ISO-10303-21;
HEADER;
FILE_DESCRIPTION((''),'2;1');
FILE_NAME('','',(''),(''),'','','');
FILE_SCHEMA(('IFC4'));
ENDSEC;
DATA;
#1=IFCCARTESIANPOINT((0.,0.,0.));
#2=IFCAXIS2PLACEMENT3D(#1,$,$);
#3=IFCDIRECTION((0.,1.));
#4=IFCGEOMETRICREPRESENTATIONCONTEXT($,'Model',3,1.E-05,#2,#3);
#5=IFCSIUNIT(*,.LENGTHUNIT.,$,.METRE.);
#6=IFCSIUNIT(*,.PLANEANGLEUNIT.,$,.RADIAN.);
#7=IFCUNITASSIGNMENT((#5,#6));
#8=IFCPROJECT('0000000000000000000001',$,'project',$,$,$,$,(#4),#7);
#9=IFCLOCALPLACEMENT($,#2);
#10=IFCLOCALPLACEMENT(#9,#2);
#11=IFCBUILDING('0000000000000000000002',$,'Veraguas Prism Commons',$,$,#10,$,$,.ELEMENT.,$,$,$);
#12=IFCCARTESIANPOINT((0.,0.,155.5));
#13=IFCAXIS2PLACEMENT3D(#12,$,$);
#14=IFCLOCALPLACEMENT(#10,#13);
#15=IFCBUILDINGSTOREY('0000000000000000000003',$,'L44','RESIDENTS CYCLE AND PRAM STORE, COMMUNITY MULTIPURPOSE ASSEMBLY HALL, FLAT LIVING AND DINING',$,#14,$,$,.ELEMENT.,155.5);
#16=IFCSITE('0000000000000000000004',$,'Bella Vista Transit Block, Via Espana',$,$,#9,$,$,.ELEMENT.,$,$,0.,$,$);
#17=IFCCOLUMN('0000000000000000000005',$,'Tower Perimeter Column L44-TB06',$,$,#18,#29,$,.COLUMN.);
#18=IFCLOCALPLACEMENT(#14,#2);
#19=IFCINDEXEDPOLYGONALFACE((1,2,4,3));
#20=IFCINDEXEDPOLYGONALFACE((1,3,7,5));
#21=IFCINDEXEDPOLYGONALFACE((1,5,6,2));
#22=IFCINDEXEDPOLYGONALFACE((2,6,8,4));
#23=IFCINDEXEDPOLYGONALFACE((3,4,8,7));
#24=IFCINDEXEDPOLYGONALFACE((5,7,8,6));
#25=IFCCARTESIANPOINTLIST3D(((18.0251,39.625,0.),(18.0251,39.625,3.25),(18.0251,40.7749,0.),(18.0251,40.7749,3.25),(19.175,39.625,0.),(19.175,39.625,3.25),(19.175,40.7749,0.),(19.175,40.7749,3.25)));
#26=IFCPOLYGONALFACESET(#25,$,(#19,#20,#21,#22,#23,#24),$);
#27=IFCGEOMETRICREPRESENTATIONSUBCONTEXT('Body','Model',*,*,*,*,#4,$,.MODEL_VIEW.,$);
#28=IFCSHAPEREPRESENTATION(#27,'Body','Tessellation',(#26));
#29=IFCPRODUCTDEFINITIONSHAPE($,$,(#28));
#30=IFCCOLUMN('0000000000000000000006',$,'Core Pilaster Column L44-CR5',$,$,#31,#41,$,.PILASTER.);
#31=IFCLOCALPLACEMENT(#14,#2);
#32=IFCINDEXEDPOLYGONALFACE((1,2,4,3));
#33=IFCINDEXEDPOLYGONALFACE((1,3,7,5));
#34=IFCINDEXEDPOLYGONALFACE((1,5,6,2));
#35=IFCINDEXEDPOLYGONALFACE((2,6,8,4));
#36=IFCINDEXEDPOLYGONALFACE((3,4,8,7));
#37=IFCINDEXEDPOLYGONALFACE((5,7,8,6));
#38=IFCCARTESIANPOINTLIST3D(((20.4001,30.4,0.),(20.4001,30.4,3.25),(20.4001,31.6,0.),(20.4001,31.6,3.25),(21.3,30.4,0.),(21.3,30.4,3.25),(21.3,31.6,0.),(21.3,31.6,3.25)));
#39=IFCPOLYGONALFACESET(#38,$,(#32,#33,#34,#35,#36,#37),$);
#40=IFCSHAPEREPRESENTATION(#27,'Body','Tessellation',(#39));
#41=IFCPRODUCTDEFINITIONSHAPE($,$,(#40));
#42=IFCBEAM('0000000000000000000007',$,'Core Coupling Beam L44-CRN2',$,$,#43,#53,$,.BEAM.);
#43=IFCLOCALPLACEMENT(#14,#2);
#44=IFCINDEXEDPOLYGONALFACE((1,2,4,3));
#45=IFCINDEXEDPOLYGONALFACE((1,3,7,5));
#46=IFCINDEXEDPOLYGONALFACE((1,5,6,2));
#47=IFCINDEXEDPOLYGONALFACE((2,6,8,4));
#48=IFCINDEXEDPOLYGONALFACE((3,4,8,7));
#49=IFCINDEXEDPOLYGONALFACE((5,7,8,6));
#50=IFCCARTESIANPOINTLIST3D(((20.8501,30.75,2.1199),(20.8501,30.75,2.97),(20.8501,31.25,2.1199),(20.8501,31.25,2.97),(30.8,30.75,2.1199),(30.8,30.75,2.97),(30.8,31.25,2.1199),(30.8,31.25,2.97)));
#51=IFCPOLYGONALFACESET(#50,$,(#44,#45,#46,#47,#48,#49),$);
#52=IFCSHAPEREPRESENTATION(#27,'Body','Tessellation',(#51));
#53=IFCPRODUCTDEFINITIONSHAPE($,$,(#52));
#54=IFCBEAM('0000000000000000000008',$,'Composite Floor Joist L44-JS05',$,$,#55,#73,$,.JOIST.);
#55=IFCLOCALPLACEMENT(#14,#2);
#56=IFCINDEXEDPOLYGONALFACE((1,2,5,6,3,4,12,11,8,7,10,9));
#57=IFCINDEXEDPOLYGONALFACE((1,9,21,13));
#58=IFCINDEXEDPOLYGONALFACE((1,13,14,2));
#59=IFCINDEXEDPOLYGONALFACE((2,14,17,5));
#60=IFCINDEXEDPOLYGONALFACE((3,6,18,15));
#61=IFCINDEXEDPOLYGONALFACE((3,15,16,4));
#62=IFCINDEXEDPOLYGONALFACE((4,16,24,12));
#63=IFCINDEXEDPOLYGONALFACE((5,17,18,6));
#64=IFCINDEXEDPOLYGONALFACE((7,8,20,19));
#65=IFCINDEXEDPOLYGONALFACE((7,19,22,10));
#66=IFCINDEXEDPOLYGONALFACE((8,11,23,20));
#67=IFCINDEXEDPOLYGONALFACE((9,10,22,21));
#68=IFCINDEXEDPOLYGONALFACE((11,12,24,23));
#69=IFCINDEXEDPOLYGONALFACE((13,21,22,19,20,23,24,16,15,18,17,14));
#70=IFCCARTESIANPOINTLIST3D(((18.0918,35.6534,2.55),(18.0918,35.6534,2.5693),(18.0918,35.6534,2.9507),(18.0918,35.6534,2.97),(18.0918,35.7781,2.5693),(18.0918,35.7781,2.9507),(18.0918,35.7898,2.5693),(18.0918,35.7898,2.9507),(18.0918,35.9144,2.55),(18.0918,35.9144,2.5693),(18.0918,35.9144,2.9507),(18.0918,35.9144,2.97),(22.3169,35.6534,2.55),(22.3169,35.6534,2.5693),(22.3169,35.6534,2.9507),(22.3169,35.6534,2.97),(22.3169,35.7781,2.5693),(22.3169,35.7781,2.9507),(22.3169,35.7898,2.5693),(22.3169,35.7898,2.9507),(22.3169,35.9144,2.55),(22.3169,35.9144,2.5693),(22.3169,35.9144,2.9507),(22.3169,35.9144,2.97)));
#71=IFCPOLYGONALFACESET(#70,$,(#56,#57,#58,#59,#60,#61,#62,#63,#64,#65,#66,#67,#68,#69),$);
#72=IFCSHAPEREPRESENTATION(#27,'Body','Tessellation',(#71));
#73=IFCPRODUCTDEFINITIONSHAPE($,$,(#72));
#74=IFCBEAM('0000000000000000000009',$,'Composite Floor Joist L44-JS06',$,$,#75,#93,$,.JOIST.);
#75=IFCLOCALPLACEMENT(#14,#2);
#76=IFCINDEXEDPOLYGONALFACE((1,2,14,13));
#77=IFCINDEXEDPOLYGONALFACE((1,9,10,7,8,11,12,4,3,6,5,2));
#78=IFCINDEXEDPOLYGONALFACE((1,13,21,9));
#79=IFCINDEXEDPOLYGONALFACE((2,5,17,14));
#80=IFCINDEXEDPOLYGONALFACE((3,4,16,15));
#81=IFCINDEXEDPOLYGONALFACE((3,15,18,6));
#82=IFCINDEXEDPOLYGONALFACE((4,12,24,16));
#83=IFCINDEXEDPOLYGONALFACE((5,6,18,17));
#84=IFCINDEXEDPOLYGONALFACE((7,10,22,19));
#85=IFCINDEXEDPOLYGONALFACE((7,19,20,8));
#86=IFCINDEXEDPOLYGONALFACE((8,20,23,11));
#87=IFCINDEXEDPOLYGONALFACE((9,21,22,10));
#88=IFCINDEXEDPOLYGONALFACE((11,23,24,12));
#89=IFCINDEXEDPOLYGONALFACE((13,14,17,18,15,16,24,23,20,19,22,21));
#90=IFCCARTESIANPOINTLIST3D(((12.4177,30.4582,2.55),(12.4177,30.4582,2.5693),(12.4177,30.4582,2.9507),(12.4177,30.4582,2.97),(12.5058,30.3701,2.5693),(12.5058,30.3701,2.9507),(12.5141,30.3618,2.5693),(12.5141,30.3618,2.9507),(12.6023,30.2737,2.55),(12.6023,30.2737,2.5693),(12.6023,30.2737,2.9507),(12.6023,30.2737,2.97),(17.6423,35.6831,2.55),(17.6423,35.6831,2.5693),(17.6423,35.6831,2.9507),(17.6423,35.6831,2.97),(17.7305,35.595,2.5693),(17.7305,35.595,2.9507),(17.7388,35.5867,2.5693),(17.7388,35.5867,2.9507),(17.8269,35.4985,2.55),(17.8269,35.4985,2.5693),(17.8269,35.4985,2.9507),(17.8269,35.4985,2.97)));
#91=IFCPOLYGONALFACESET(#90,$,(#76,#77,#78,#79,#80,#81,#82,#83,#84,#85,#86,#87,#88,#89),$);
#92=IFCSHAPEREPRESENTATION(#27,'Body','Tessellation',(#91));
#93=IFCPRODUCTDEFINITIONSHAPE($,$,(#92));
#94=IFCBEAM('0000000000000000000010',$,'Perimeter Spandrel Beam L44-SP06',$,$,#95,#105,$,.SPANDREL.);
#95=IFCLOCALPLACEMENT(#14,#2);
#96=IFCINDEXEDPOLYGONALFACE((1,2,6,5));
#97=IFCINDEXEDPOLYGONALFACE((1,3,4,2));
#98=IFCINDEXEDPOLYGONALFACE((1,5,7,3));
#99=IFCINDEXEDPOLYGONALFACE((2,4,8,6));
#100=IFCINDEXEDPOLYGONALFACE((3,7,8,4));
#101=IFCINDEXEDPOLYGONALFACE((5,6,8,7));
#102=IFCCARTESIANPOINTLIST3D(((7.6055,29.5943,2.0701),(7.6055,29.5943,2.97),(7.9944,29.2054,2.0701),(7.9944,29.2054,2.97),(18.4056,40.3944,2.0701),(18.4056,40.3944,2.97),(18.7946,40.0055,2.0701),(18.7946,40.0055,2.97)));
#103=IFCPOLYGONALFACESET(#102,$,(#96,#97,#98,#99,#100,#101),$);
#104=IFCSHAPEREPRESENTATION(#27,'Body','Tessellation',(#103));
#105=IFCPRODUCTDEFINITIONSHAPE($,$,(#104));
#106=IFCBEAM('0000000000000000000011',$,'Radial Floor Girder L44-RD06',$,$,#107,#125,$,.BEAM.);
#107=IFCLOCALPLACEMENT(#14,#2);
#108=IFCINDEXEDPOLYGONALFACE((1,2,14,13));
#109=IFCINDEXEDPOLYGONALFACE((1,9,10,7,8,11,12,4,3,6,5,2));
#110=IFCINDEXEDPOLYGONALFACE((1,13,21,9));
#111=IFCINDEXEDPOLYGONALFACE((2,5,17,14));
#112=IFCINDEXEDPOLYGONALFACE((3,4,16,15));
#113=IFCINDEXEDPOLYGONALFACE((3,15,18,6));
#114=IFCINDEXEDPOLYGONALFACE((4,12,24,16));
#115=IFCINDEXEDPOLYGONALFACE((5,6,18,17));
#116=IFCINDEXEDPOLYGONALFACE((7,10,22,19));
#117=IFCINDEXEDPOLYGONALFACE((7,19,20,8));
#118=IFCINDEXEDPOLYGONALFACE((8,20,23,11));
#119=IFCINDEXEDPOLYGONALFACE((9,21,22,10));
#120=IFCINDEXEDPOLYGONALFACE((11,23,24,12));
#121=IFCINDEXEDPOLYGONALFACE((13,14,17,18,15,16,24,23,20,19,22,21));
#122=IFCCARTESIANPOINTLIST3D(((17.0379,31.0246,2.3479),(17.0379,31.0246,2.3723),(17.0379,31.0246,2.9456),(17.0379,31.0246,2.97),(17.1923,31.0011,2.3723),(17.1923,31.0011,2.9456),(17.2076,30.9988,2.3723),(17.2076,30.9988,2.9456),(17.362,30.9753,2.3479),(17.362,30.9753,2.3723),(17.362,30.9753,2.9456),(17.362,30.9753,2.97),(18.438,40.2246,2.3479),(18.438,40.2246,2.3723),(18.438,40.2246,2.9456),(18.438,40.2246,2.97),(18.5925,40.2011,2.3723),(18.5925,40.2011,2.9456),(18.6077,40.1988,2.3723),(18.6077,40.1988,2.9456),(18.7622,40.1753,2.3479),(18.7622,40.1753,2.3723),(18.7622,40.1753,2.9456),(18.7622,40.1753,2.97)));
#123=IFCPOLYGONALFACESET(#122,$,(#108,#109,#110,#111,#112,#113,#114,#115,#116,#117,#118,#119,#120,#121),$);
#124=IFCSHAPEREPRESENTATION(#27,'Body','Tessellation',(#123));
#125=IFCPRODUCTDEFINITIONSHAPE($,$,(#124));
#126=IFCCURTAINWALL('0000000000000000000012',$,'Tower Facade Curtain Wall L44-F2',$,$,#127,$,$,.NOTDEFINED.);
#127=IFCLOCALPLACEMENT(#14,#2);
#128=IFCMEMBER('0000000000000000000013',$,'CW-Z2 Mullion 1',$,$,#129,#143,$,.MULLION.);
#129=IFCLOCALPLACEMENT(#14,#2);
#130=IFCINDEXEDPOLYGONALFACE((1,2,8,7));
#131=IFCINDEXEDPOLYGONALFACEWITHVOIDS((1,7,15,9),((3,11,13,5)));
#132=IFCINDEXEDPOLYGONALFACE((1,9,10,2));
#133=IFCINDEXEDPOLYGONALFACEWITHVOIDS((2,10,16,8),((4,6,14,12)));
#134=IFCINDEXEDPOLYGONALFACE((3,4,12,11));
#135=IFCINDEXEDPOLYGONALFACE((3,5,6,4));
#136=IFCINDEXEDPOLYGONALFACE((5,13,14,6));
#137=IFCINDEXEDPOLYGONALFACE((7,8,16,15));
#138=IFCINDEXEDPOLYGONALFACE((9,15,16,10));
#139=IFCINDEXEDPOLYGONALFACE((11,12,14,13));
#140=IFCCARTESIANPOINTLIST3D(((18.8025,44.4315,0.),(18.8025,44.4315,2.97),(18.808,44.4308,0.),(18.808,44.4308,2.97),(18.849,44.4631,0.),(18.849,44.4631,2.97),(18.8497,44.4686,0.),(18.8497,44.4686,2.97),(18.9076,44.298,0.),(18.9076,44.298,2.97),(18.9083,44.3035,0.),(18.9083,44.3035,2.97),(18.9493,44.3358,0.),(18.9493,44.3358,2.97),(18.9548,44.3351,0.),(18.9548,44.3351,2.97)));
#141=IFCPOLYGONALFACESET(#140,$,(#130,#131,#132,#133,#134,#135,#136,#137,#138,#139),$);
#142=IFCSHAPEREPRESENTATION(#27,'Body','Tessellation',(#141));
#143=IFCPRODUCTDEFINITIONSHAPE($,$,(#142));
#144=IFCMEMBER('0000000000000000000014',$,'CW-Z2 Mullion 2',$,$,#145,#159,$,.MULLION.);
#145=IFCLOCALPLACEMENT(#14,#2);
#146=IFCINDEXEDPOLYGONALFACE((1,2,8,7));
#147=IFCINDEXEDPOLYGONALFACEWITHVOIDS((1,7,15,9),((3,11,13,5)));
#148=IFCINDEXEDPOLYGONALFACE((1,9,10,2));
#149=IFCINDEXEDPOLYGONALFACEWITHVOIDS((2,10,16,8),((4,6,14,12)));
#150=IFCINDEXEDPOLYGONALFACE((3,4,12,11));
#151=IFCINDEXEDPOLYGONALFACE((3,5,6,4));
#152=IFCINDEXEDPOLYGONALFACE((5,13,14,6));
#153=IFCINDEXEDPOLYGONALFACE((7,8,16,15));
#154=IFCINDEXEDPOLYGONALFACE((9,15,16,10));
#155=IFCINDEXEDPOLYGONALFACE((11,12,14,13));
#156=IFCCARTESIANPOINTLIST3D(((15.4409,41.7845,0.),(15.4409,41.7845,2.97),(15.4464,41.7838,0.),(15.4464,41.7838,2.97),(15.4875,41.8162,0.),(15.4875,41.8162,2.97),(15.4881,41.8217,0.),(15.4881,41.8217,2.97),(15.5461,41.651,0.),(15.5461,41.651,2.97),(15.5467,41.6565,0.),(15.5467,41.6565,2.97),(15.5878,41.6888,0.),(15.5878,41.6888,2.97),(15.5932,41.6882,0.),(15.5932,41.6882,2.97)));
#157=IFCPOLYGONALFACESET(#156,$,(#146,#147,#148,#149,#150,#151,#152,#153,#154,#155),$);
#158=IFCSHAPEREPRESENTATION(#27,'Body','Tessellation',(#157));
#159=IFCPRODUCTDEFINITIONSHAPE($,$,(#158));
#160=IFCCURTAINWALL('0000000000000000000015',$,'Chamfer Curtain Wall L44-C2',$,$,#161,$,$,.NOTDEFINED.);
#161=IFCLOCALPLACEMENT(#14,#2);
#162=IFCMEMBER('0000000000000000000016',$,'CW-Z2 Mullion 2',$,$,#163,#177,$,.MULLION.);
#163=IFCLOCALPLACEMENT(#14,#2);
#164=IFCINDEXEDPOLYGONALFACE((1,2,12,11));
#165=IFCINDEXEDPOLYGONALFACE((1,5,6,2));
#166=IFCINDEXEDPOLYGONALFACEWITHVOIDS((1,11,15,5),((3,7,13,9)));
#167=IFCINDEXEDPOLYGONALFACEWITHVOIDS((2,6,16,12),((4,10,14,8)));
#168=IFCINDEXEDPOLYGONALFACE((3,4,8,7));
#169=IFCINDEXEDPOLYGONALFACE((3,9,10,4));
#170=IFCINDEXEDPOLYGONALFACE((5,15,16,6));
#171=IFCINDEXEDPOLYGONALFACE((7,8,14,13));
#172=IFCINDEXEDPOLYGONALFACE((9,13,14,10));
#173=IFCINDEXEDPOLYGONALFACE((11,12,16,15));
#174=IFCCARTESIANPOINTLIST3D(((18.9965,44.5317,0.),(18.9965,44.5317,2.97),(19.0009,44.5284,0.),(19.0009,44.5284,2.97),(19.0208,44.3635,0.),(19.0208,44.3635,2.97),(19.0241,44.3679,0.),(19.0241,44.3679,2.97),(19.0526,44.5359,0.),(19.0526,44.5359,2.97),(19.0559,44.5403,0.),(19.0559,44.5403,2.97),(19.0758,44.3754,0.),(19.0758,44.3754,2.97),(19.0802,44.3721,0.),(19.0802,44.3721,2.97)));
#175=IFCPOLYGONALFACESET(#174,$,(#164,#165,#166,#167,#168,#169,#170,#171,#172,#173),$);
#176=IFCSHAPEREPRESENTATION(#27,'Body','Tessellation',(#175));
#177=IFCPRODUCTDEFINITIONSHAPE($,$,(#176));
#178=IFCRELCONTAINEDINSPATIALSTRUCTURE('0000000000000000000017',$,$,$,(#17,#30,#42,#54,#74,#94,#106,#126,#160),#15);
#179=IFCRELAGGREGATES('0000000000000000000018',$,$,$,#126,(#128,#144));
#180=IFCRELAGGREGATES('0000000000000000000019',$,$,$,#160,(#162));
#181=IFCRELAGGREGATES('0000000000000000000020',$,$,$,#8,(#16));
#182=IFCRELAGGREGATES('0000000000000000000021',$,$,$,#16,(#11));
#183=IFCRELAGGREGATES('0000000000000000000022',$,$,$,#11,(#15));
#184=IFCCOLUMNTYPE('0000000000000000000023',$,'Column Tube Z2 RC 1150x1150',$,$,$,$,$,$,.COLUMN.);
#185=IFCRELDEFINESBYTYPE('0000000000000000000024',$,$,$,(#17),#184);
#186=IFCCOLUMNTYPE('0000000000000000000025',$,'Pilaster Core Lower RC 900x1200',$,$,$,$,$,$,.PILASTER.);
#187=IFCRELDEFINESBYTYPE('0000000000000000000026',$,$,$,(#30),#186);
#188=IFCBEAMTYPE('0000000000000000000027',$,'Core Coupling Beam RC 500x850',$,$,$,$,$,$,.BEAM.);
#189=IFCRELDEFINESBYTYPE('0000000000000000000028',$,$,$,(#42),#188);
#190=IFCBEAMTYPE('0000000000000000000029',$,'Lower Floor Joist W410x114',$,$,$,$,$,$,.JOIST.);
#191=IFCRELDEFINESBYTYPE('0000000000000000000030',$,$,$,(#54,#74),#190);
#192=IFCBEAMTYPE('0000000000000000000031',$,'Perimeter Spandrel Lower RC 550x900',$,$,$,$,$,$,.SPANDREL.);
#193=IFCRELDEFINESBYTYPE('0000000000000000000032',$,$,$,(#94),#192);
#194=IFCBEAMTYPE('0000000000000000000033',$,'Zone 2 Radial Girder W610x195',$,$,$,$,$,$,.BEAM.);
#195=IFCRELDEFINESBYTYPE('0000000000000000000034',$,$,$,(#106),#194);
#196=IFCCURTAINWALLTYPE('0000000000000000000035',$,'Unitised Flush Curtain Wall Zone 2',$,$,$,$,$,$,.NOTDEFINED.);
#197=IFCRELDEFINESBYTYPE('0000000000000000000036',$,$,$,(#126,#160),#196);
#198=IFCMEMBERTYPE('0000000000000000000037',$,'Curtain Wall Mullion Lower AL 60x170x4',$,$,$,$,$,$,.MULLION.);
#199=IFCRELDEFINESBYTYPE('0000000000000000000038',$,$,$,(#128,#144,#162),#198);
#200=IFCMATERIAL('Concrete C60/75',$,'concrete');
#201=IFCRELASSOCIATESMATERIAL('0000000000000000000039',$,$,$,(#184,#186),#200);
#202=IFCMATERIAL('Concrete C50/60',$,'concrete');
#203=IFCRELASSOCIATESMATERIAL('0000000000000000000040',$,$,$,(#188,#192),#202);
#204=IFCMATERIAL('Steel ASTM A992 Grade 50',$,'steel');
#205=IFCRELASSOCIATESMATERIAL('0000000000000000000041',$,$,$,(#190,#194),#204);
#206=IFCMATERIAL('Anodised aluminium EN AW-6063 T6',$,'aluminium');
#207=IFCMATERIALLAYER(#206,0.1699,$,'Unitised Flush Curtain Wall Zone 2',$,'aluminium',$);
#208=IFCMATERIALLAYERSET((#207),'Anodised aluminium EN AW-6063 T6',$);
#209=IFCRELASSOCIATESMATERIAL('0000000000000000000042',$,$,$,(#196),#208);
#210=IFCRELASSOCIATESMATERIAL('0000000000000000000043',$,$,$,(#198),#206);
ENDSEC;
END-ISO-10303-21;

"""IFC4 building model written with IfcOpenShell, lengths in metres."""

from ifc_helpers import new_model, si_unit, direction, frame, origin, origin_2d, place, context, subcontext, project, spatial, rectangle, hollow_rectangle, i_section, extrude, source, transform, mapped, material, layer, layer_set, material_profile, profile_set, type_object, element, aggregate, save


model = new_model("IFC4")

# Units and contexts
model_context = context("Model", 3, precision=1e-05, world=origin(), true_north=direction((0.0, 1.0)))
body_context = subcontext(model_context, "Body", "Model", "MODEL_VIEW")
ifc_project = project(units=[si_unit("LENGTHUNIT", "METRE"), si_unit("PLANEANGLEUNIT", "RADIAN")], contexts=[model_context])

# Site, building, storey
site_placement = place(None, origin())
site = spatial("IfcSite", under=ifc_project, at=site_placement, Name="Bella Vista Transit Block, Via Espana", CompositionType="ELEMENT", RefElevation=0.0)
building_placement = place(site_placement, origin())
building = spatial("IfcBuilding", under=site, at=building_placement, Name="Veraguas Prism Commons", CompositionType="ELEMENT")
storey_placement = place(building_placement, frame((0.0, 0.0, 155.5)))
storey = spatial("IfcBuildingStorey", under=building, at=storey_placement, Name="L44", Description="RESIDENTS CYCLE AND PRAM STORE, COMMUNITY MULTIPURPOSE ASSEMBLY HALL, FLAT LIVING AND DINING", CompositionType="ELEMENT", Elevation=155.5)

# Columns
ifc_material_1 = material(Name="Concrete C60/75", Category="concrete")
ifc_material_profile_1 = material_profile(ifc_material_1, rectangle(XDim=1.1499, YDim=1.1499, at=origin_2d()), Name="RC1150X1150")
ifc_profile_set_1 = profile_set([ifc_material_profile_1], Name="Concrete C60/75")
column_type_1 = type_object("IfcColumnType", Name="Column Tube Z2 RC 1150x1150", PredefinedType="COLUMN", material=ifc_profile_set_1)
column_1_placement = place(storey_placement, frame((18.6001, 40.2, 0.0), z_axis=(0.0, 0.0, 1.0), x_axis=(1.0, 0.0, 0.0)))
element("IfcColumn", 1, at=column_1_placement, inside=storey, type_object=column_type_1, Name="Tower Perimeter Column L44-TB06", PredefinedType="COLUMN", context=body_context, shape_type="SweptSolid", body=[
    extrude(rectangle(XDim=1.1499, YDim=1.1499, at=origin_2d()), origin(), (0.0, 0.0, 1.0), 3.25),
])
ifc_material_profile_2 = material_profile(ifc_material_1, rectangle(XDim=0.8999, YDim=1.2, at=origin_2d()), Name="RC900X1200")
ifc_profile_set_2 = profile_set([ifc_material_profile_2], Name="Concrete C60/75")
column_type_2 = type_object("IfcColumnType", Name="Pilaster Core Lower RC 900x1200", PredefinedType="PILASTER", material=ifc_profile_set_2)
column_2_placement = place(storey_placement, frame((20.8501, 31.0, 0.0), z_axis=(0.0, 0.0, 1.0), x_axis=(1.0, 0.0, 0.0)))
element("IfcColumn", 2, at=column_2_placement, inside=storey, type_object=column_type_2, Name="Core Pilaster Column L44-CR5", PredefinedType="PILASTER", context=body_context, shape_type="SweptSolid", body=[
    extrude(rectangle(XDim=0.8999, YDim=1.2, at=origin_2d()), origin(), (0.0, 0.0, 1.0), 3.25),
])

# Beams
ifc_material_2 = material(Name="Concrete C50/60", Category="concrete")
ifc_material_profile_3 = material_profile(ifc_material_2, rectangle(XDim=0.5, YDim=0.8501, at=origin_2d()), Name="RC500X850")
ifc_profile_set_3 = profile_set([ifc_material_profile_3], Name="Concrete C50/60")
beam_type_1 = type_object("IfcBeamType", Name="Core Coupling Beam RC 500x850", PredefinedType="BEAM", material=ifc_profile_set_3)
beam_1_placement = place(storey_placement, frame((20.8501, 31.0, 2.5449), z_axis=(1.0, 0.0, 0.0), x_axis=(0.0, 1.0, 0.0)))
element("IfcBeam", 3, at=beam_1_placement, inside=storey, type_object=beam_type_1, Name="Core Coupling Beam L44-CRN2", PredefinedType="BEAM", context=body_context, shape_type="SweptSolid", body=[
    extrude(rectangle(XDim=0.5, YDim=0.8501, at=origin_2d()), origin(), (0.0, 0.0, 1.0), 9.95),
])
ifc_material_3 = material(Name="Steel ASTM A992 Grade 50", Category="steel")
ifc_material_profile_4 = material_profile(ifc_material_3, i_section(OverallWidth=0.261, OverallDepth=0.4199, WebThickness=0.0117, FlangeThickness=0.0193, at=origin_2d()), Name="W410X114")
ifc_profile_set_4 = profile_set([ifc_material_profile_4], Name="Steel ASTM A992 Grade 50")
beam_type_2 = type_object("IfcBeamType", Name="Lower Floor Joist W410x114", PredefinedType="JOIST", material=ifc_profile_set_4)
beam_2_placement = place(storey_placement, frame((22.3169, 35.7839, 2.76), z_axis=(-1.0, 0.0, 0.0), x_axis=(0.0, -1.0, 0.0)))
element("IfcBeam", 4, at=beam_2_placement, inside=storey, type_object=beam_type_2, Name="Composite Floor Joist L44-JS05", PredefinedType="JOIST", context=body_context, shape_type="SweptSolid", body=[
    extrude(i_section(OverallWidth=0.261, OverallDepth=0.4199, WebThickness=0.0117, FlangeThickness=0.0193, at=origin_2d()), origin(), (0.0, 0.0, 1.0), 4.2251),
])
beam_3_placement = place(storey_placement, frame((17.7346, 35.5908, 2.76), z_axis=(-0.70709, -0.707123, 0.0), x_axis=(0.707123, -0.70709, 0.0)))
element("IfcBeam", 5, at=beam_3_placement, inside=storey, type_object=beam_type_2, Name="Composite Floor Joist L44-JS06", PredefinedType="JOIST", context=body_context, shape_type="SweptSolid", body=[
    extrude(i_section(OverallWidth=0.261, OverallDepth=0.4199, WebThickness=0.0117, FlangeThickness=0.0193, at=origin_2d()), origin(), (0.0, 0.0, 1.0), 7.3889),
])
ifc_material_profile_5 = material_profile(ifc_material_2, rectangle(XDim=0.55, YDim=0.8999, at=origin_2d()), Name="RC550X900")
ifc_profile_set_5 = profile_set([ifc_material_profile_5], Name="Concrete C50/60")
beam_type_3 = type_object("IfcBeamType", Name="Perimeter Spandrel Lower RC 550x900", PredefinedType="SPANDREL", material=ifc_profile_set_5)
beam_4_placement = place(storey_placement, frame((18.6001, 40.2, 2.52), z_axis=(-0.707107, -0.707107, 0.0), x_axis=(0.707107, -0.707107, 0.0)))
element("IfcBeam", 6, at=beam_4_placement, inside=storey, type_object=beam_type_3, Name="Perimeter Spandrel Beam L44-SP06", PredefinedType="SPANDREL", context=body_context, shape_type="SweptSolid", body=[
    extrude(rectangle(XDim=0.55, YDim=0.8999, at=origin_2d()), origin(), (0.0, 0.0, 1.0), 15.2737),
])
ifc_material_profile_6 = material_profile(ifc_material_3, i_section(OverallWidth=0.3279, OverallDepth=0.6221, WebThickness=0.0154, FlangeThickness=0.0244, at=origin_2d()), Name="W610X195")
ifc_profile_set_6 = profile_set([ifc_material_profile_6], Name="Steel ASTM A992 Grade 50")
beam_type_4 = type_object("IfcBeamType", Name="Zone 2 Radial Girder W610x195", PredefinedType="BEAM", material=ifc_profile_set_6)
beam_5_placement = place(storey_placement, frame((18.6001, 40.2, 2.6589), z_axis=(-0.150458, -0.988616, 0.0), x_axis=(0.988616, -0.150458, 0.0)))
element("IfcBeam", 7, at=beam_5_placement, inside=storey, type_object=beam_type_4, Name="Radial Floor Girder L44-RD06", PredefinedType="BEAM", context=body_context, shape_type="SweptSolid", body=[
    extrude(i_section(OverallWidth=0.3279, OverallDepth=0.6221, WebThickness=0.0154, FlangeThickness=0.0244, at=origin_2d()), origin(), (0.0, 0.0, 1.0), 9.3059),
])

# Curtain wall, members
ifc_material_4 = material(Name="Anodised aluminium EN AW-6063 T6", Category="aluminium")
ifc_layer_1 = layer(ifc_material_4, 0.1699, Name="Unitised Flush Curtain Wall Zone 2", Category="aluminium")
ifc_layer_set_1 = layer_set([ifc_layer_1], Name="Anodised aluminium EN AW-6063 T6")
curtain_wall_type = type_object("IfcCurtainWallType", Name="Unitised Flush Curtain Wall Zone 2", PredefinedType="NOTDEFINED", material=ifc_layer_set_1)
curtain_wall_1_placement = place(storey_placement, origin())
curtain_wall_1 = element("IfcCurtainWall", 8, at=curtain_wall_1_placement, inside=storey, type_object=curtain_wall_type, Name="Tower Facade Curtain Wall L44-F2", PredefinedType="NOTDEFINED")
ifc_material_profile_7 = material_profile(ifc_material_4, hollow_rectangle(XDim=0.0601, YDim=0.1699, WallThickness=0.0039, at=origin_2d()), Name="AL60X170X4")
ifc_profile_set_7 = profile_set([ifc_material_profile_7], Name="Anodised aluminium EN AW-6063 T6")
member_type_1 = type_object("IfcMemberType", Name="Curtain Wall Mullion Lower AL 60x170x4", PredefinedType="MULLION", material=ifc_profile_set_7)
shared_shape_1 = source(origin(), body_context, "Body", "SweptSolid", [
    extrude(hollow_rectangle(XDim=0.0601, YDim=0.1699, WallThickness=0.0039, at=origin_2d()), origin(), (0.0, 0.0, 1.0), 2.97),
])
member_1_placement = place(storey_placement, frame((18.8787, 44.3833, 0.0), z_axis=(0.0, 0.0, 1.0), x_axis=(-0.78564, -0.618684, 0.0)))
member_1 = element("IfcMember", 9, at=member_1_placement, type_object=member_type_1, Name="CW-Z2 Mullion 1", PredefinedType="MULLION", context=body_context, shape_type="MappedRepresentation", body=[
    mapped(shared_shape_1, transform((0.0, 0.0, 0.0), scale=1.0)),
])
member_2_placement = place(storey_placement, frame((15.5171, 41.7363, 0.0), z_axis=(0.0, 0.0, 1.0), x_axis=(-0.78564, -0.618684, 0.0)))
member_2 = element("IfcMember", 10, at=member_2_placement, type_object=member_type_1, Name="CW-Z2 Mullion 2", PredefinedType="MULLION", context=body_context, shape_type="MappedRepresentation", body=[
    mapped(shared_shape_1, transform((0.0, 0.0, 0.0), scale=1.0)),
])

# Curtain wall, member
curtain_wall_2_placement = place(storey_placement, origin())
curtain_wall_2 = element("IfcCurtainWall", 11, at=curtain_wall_2_placement, inside=storey, type_object=curtain_wall_type, Name="Chamfer Curtain Wall L44-C2", PredefinedType="NOTDEFINED")
member_3_placement = place(storey_placement, frame((19.0383, 44.4519, 0.0), z_axis=(0.0, 0.0, 1.0), x_axis=(-0.989731, -0.142942, 0.0)))
member_3 = element("IfcMember", 12, at=member_3_placement, type_object=member_type_1, Name="CW-Z2 Mullion 2", PredefinedType="MULLION", context=body_context, shape_type="MappedRepresentation", body=[
    mapped(shared_shape_1, transform((0.0, 0.0, 0.0), scale=1.0)),
])

aggregate(curtain_wall_1, [member_1, member_2])
aggregate(curtain_wall_2, [member_3])

save(model, "model.ifc")
